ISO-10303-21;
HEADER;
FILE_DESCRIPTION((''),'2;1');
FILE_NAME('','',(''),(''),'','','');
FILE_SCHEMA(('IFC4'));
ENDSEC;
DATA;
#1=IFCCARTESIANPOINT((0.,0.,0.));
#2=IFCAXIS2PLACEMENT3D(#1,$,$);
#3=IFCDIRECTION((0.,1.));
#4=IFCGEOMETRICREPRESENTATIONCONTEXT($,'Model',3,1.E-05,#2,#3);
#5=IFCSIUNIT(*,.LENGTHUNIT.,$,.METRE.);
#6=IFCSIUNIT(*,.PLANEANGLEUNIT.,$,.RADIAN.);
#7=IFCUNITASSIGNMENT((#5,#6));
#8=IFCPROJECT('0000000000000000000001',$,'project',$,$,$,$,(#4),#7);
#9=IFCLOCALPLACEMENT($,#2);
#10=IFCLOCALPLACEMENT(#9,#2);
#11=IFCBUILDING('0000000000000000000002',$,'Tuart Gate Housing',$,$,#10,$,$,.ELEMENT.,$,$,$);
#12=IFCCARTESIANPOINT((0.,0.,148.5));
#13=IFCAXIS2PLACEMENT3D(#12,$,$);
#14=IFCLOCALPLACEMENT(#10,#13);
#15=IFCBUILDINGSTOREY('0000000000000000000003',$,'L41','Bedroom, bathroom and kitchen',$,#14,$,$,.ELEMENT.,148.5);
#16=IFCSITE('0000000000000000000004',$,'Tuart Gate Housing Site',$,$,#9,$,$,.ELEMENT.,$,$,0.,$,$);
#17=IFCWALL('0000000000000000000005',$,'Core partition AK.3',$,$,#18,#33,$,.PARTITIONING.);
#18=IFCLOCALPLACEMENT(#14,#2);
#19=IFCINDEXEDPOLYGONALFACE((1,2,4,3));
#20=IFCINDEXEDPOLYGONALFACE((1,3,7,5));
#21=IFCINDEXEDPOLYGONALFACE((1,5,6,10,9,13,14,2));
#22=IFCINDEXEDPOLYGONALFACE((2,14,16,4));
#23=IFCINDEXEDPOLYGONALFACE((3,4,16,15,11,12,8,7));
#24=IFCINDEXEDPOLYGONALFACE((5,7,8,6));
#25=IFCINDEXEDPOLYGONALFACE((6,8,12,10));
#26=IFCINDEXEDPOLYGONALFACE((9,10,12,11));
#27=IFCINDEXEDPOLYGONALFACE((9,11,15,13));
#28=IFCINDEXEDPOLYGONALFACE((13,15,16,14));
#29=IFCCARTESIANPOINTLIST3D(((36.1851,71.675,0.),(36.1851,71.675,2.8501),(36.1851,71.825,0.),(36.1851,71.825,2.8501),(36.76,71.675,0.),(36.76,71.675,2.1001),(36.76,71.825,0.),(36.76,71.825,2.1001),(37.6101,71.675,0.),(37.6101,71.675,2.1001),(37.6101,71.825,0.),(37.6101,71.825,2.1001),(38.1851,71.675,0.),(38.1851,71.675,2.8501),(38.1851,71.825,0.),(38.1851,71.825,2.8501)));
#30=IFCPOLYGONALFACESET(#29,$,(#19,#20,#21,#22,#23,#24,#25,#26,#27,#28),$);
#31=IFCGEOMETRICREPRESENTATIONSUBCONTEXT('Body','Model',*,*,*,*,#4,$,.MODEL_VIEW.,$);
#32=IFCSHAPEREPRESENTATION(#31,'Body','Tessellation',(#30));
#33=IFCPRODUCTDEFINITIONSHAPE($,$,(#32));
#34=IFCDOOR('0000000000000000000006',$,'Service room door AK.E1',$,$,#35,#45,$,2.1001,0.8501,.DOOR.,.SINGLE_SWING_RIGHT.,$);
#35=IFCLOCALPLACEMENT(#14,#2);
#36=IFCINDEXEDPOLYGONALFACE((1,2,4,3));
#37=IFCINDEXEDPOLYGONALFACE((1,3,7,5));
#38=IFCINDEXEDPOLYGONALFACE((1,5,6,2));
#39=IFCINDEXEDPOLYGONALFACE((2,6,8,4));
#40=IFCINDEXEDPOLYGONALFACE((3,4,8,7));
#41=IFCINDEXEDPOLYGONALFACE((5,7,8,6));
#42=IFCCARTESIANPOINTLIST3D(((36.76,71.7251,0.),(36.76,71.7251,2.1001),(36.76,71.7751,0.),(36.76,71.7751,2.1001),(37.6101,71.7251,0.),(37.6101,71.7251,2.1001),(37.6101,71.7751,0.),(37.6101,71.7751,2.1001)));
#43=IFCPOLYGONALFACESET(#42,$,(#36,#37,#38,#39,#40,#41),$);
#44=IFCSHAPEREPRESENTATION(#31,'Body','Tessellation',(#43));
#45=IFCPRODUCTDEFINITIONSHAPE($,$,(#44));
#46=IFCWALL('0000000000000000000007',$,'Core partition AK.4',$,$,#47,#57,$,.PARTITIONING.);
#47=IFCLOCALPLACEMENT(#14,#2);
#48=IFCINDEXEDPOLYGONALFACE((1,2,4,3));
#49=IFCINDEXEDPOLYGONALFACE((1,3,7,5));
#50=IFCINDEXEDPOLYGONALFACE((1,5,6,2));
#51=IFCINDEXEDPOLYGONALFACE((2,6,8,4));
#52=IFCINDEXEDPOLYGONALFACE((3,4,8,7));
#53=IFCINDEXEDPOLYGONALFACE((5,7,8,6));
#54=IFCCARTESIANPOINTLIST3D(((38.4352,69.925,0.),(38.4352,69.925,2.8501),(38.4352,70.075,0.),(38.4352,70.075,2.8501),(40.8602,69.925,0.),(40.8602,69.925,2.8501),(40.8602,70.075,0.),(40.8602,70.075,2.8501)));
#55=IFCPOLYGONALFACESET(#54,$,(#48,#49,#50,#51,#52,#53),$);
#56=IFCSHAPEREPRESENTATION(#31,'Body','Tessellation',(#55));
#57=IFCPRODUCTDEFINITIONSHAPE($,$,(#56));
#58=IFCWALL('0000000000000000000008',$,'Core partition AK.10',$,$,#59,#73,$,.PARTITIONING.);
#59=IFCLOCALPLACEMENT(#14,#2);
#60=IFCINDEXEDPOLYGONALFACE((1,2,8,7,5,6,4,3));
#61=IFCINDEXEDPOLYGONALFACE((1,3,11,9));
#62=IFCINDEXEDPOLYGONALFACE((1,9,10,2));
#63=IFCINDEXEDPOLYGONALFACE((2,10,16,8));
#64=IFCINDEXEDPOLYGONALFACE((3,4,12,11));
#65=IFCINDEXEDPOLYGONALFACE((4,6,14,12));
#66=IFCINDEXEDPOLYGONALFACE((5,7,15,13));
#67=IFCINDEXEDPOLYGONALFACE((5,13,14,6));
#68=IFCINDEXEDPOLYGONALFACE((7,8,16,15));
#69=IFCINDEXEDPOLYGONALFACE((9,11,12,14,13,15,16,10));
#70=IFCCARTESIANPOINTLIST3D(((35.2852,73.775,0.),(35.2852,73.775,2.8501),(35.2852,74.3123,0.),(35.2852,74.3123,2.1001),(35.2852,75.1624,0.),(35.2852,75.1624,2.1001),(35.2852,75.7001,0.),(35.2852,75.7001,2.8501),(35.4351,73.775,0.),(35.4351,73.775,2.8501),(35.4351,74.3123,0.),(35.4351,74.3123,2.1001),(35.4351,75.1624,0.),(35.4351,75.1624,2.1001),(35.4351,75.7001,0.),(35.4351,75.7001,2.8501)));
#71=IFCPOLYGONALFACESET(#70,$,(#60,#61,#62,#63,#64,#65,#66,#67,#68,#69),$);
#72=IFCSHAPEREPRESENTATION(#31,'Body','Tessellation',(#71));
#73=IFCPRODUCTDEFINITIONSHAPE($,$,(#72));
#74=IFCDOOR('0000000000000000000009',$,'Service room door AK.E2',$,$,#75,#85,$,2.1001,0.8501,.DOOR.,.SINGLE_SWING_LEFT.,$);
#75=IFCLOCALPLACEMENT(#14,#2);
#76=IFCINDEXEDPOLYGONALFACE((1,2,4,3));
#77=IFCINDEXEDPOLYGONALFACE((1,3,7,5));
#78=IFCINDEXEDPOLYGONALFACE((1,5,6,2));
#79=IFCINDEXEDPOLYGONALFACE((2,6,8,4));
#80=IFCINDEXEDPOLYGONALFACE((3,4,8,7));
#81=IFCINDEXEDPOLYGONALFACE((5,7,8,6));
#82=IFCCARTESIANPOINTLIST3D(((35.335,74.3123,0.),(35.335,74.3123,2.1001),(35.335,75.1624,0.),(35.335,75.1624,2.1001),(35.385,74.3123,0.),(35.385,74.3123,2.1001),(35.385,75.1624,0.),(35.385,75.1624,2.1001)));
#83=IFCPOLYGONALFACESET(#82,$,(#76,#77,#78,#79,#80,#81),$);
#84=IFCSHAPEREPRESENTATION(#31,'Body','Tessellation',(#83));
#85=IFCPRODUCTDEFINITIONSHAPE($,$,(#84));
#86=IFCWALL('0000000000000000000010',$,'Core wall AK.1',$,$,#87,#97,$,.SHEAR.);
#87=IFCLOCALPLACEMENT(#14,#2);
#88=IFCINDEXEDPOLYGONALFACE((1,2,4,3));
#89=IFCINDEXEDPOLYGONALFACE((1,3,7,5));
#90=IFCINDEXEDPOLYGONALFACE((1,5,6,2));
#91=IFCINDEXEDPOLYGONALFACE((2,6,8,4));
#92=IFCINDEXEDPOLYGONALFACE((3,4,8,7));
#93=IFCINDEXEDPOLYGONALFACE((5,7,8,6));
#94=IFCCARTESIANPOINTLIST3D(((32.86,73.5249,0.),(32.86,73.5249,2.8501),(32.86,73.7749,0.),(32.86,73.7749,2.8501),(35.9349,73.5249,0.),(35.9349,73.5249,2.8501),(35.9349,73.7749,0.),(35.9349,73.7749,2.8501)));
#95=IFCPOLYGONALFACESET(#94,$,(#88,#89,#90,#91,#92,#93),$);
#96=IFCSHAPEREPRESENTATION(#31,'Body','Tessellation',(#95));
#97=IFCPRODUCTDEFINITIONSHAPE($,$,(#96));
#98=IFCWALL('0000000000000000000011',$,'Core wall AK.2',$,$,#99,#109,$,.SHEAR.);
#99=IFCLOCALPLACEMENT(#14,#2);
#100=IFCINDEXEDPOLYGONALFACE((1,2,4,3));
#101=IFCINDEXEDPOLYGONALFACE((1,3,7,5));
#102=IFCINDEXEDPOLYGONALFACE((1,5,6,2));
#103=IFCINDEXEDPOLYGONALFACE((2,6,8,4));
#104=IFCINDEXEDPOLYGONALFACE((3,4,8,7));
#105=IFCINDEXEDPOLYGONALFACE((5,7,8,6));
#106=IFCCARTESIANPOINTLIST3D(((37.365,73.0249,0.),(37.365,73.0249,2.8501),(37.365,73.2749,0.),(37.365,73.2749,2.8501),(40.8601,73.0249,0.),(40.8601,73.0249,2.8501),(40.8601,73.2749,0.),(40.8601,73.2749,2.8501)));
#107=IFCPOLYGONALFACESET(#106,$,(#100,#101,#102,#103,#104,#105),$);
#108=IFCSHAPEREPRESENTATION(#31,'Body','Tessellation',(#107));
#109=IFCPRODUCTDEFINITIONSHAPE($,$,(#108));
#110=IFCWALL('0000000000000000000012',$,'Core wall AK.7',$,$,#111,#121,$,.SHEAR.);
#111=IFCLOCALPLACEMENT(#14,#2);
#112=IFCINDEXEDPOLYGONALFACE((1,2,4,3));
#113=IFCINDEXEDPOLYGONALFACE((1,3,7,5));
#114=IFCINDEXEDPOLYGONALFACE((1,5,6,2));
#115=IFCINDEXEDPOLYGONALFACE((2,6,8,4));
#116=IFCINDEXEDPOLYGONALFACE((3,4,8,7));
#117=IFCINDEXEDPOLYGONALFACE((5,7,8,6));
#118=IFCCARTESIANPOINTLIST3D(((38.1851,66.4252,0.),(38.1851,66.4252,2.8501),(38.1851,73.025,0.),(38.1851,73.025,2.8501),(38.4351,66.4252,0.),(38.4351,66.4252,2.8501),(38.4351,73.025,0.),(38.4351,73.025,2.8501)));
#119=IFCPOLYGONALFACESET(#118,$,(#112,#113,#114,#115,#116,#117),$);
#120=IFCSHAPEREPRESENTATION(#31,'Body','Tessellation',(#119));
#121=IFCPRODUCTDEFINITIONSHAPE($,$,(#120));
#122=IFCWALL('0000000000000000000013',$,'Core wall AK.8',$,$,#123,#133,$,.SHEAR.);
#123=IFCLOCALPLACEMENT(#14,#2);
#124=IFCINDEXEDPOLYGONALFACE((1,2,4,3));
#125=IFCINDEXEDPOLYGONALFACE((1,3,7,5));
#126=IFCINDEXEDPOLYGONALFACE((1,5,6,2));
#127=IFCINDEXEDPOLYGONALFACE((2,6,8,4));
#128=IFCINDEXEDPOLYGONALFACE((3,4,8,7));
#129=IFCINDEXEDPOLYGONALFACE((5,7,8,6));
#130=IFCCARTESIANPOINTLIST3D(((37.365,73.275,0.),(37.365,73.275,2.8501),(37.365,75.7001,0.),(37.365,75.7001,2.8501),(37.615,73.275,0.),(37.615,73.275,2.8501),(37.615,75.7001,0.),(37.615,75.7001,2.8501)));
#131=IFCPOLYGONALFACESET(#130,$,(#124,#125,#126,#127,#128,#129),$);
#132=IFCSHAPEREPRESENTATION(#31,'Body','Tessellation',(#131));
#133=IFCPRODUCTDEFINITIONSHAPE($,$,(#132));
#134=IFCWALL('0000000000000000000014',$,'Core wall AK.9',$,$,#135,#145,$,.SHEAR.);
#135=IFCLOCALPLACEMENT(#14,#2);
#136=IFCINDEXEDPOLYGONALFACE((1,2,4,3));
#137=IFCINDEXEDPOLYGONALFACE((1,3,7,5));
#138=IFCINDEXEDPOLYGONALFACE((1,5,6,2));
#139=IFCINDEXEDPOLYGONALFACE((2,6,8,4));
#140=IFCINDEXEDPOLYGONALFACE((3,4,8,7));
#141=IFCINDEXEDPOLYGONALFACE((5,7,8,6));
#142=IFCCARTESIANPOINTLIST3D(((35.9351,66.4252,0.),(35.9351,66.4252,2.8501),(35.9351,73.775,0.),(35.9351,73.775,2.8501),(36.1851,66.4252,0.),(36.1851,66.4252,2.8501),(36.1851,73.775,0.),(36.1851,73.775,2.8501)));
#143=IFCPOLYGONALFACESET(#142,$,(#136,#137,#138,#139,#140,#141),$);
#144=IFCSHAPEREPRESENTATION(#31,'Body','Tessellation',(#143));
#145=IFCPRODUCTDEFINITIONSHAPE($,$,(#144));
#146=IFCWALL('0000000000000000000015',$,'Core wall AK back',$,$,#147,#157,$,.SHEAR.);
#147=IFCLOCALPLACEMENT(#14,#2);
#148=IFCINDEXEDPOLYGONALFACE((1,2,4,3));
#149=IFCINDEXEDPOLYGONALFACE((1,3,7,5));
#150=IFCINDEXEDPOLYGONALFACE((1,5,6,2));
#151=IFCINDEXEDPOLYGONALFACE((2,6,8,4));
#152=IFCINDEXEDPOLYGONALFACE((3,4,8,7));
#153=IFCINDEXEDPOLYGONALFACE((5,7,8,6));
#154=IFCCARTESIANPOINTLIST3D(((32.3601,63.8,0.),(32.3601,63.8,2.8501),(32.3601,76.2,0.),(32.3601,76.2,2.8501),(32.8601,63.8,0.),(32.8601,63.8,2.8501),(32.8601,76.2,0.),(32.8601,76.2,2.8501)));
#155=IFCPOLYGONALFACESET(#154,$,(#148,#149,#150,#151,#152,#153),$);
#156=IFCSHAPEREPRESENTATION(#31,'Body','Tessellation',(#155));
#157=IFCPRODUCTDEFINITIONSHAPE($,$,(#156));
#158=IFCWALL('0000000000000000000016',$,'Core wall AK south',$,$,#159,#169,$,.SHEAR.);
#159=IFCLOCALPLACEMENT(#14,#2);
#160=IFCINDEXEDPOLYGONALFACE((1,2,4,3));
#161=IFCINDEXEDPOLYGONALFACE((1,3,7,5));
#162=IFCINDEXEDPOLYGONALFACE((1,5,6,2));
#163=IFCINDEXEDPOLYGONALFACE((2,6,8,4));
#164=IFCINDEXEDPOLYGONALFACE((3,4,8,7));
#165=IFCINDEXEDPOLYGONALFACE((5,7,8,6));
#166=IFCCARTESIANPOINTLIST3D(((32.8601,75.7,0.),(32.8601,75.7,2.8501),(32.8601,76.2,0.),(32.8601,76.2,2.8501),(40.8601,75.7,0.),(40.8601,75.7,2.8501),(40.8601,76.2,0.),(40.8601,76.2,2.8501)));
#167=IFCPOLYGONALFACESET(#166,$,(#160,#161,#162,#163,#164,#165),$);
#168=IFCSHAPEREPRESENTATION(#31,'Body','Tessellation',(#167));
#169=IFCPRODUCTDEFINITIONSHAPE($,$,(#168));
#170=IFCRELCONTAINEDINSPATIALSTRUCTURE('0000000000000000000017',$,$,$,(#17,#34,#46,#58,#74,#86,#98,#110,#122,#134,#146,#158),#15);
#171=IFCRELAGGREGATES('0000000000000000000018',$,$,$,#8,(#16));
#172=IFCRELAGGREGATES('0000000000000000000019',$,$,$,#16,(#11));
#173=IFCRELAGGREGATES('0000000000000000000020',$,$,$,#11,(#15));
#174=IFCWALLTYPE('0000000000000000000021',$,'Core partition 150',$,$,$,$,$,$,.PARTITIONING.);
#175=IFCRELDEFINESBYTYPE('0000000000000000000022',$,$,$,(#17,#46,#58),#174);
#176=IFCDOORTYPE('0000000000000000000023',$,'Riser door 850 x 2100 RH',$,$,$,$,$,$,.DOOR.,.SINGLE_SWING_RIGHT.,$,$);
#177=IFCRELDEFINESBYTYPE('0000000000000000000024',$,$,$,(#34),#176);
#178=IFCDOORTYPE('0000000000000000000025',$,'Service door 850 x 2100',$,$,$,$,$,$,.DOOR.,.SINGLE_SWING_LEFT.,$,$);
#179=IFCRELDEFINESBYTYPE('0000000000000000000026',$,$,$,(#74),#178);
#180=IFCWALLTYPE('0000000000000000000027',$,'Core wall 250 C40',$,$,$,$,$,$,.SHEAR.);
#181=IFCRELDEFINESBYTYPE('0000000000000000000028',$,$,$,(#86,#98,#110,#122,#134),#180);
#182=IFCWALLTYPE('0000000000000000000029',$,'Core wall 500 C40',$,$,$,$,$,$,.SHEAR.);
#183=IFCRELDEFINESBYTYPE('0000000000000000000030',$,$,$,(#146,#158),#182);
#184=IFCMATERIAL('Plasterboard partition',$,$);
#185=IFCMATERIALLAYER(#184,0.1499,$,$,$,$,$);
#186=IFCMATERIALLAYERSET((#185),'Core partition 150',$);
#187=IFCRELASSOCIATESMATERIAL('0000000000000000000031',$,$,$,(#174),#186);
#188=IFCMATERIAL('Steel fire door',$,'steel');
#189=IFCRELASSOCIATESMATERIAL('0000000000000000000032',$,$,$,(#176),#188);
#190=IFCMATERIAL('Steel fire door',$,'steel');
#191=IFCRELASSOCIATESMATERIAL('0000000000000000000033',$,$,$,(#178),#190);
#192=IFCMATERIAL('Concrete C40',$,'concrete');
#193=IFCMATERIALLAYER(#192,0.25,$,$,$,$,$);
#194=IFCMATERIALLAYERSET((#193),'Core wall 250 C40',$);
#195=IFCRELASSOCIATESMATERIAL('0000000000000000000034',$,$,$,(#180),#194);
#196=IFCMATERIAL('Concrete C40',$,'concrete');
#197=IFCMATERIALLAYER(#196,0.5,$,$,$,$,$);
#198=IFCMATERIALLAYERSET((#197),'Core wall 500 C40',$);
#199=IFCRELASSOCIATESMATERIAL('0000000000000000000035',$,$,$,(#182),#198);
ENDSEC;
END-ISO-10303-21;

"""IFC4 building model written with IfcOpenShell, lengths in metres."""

from ifc_helpers import new_model, si_unit, direction, frame, frame_2d, origin, place, context, subcontext, project, spatial, rectangle, extrude, material, layer, layer_set, type_object, element, fill, save


model = new_model("IFC4")

# Units and contexts
model_context = context("Model", 3, precision=1e-05, world=origin(), true_north=direction((0.0, 1.0)))
body_context = subcontext(model_context, "Body", "Model", "MODEL_VIEW")
ifc_project = project(units=[si_unit("LENGTHUNIT", "METRE"), si_unit("PLANEANGLEUNIT", "RADIAN")], contexts=[model_context])

# Site, building, storey
site_placement = place(None, origin())
site = spatial("IfcSite", under=ifc_project, at=site_placement, Name="Tuart Gate Housing Site", CompositionType="ELEMENT", RefElevation=0.0)
building_placement = place(site_placement, origin())
building = spatial("IfcBuilding", under=site, at=building_placement, Name="Tuart Gate Housing", CompositionType="ELEMENT")
storey_placement = place(building_placement, frame((0.0, 0.0, 148.5)))
storey = spatial("IfcBuildingStorey", under=building, at=storey_placement, Name="L41", Description="Bedroom, bathroom and kitchen", CompositionType="ELEMENT", Elevation=148.5)

# Wall, opening, door
ifc_material_1 = material(Name="Plasterboard partition")
ifc_layer_1 = layer(ifc_material_1, 0.1499)
ifc_layer_set_1 = layer_set([ifc_layer_1], Name="Core partition 150")
wall_type_1 = type_object("IfcWallType", Name="Core partition 150", PredefinedType="PARTITIONING", material=ifc_layer_set_1)
wall_1_placement = place(storey_placement, frame((38.1851, 71.75, 0.0), z_axis=(0.0, 0.0, 1.0), x_axis=(-1.0, 0.0, 0.0)))
wall_1 = element("IfcWall", 1, at=wall_1_placement, inside=storey, type_object=wall_type_1, Name="Core partition AK.3", PredefinedType="PARTITIONING", context=body_context, shape_type="SweptSolid", body=[
    extrude(rectangle(XDim=2.0, YDim=0.1499, at=frame_2d((1.0, 0.0))), origin(), (0.0, 0.0, 1.0), 2.8501),
])
opening_1_placement = place(wall_1_placement, frame((0.575, 0.0, 0.0)))
opening_1 = element("IfcOpeningElement", 2, at=opening_1_placement, cuts=wall_1, PredefinedType="OPENING", context=body_context, shape_type="SweptSolid", body=[
    extrude(rectangle(XDim=0.8501, YDim=2.1001, at=frame_2d((0.425, 1.05))), frame((0.0, 0.085, 0.0), z_axis=(0.0, -1.0, 0.0), x_axis=(1.0, 0.0, 0.0)), (0.0, 0.0, 1.0), 0.1699),
])
ifc_material_2 = material(Name="Steel fire door", Category="steel")
door_type_1 = type_object("IfcDoorType", Name="Riser door 850 x 2100 RH", OperationType="SINGLE_SWING_RIGHT", PredefinedType="DOOR", material=ifc_material_2)
door_1_placement = place(opening_1_placement, frame((0.8501, 0.0, 0.0), z_axis=(0.0, 0.0, 1.0), x_axis=(-1.0, 0.0, 0.0)))
door_1 = element("IfcDoor", 3, at=door_1_placement, inside=storey, type_object=door_type_1, Name="Service room door AK.E1", OperationType="SINGLE_SWING_RIGHT", OverallHeight=2.1001, OverallWidth=0.8501, PredefinedType="DOOR", context=body_context, shape_type="SweptSolid", body=[
    extrude(rectangle(XDim=0.8501, YDim=2.1001, at=frame_2d((0.425, 1.05))), frame((0.0, 0.0251, 0.0), z_axis=(0.0, -1.0, 0.0), x_axis=(1.0, 0.0, 0.0)), (0.0, 0.0, 1.0), 0.05),
])
fill(opening_1, door_1)

# Wall
wall_2_placement = place(storey_placement, frame((40.8601, 70.0, 0.0), z_axis=(0.0, 0.0, 1.0), x_axis=(-1.0, 0.0, 0.0)))
element("IfcWall", 4, at=wall_2_placement, inside=storey, type_object=wall_type_1, Name="Core partition AK.4", PredefinedType="PARTITIONING", context=body_context, shape_type="SweptSolid", body=[
    extrude(rectangle(XDim=2.425, YDim=0.1499, at=frame_2d((1.2124, 0.0))), origin(), (0.0, 0.0, 1.0), 2.8501),
])

# Wall, opening, door
wall_3_placement = place(storey_placement, frame((35.3601, 75.7, 0.0), z_axis=(0.0, 0.0, 1.0), x_axis=(0.0, -1.0, 0.0)))
wall_3 = element("IfcWall", 5, at=wall_3_placement, inside=storey, type_object=wall_type_1, Name="Core partition AK.10", PredefinedType="PARTITIONING", context=body_context, shape_type="SweptSolid", body=[
    extrude(rectangle(XDim=1.925, YDim=0.1499, at=frame_2d((0.9624, 0.0))), origin(), (0.0, 0.0, 1.0), 2.8501),
])
opening_2_placement = place(wall_3_placement, frame((0.5376, 0.0, 0.0)))
opening_2 = element("IfcOpeningElement", 6, at=opening_2_placement, cuts=wall_3, PredefinedType="OPENING", context=body_context, shape_type="SweptSolid", body=[
    extrude(rectangle(XDim=0.8501, YDim=2.1001, at=frame_2d((0.425, 1.05))), frame((0.0, 0.085, 0.0), z_axis=(0.0, -1.0, 0.0), x_axis=(1.0, 0.0, 0.0)), (0.0, 0.0, 1.0), 0.1699),
])
ifc_material_3 = material(Name="Steel fire door", Category="steel")
door_type_2 = type_object("IfcDoorType", Name="Service door 850 x 2100", OperationType="SINGLE_SWING_LEFT", PredefinedType="DOOR", material=ifc_material_3)
door_2_placement = place(opening_2_placement, origin())
door_2 = element("IfcDoor", 7, at=door_2_placement, inside=storey, type_object=door_type_2, Name="Service room door AK.E2", OperationType="SINGLE_SWING_LEFT", OverallHeight=2.1001, OverallWidth=0.8501, PredefinedType="DOOR", context=body_context, shape_type="SweptSolid", body=[
    extrude(rectangle(XDim=0.8501, YDim=2.1001, at=frame_2d((0.425, 1.05))), frame((0.0, 0.0249, 0.0), z_axis=(0.0, -1.0, 0.0), x_axis=(1.0, 0.0, 0.0)), (0.0, 0.0, 1.0), 0.05),
])
fill(opening_2, door_2)

# Walls
ifc_material_4 = material(Name="Concrete C40", Category="concrete")
ifc_layer_2 = layer(ifc_material_4, 0.25)
ifc_layer_set_2 = layer_set([ifc_layer_2], Name="Core wall 250 C40")
wall_type_2 = type_object("IfcWallType", Name="Core wall 250 C40", PredefinedType="SHEAR", material=ifc_layer_set_2)
wall_4_placement = place(storey_placement, frame((35.9351, 73.6499, 0.0), z_axis=(0.0, 0.0, 1.0), x_axis=(-1.0, 0.0, 0.0)))
element("IfcWall", 8, at=wall_4_placement, inside=storey, type_object=wall_type_2, Name="Core wall AK.1", PredefinedType="SHEAR", context=body_context, shape_type="SweptSolid", body=[
    extrude(rectangle(XDim=3.075, YDim=0.25, at=frame_2d((1.5376, 0.0))), origin(), (0.0, 0.0, 1.0), 2.8501),
])
wall_5_placement = place(storey_placement, frame((40.8601, 73.1499, 0.0), z_axis=(0.0, 0.0, 1.0), x_axis=(-1.0, 0.0, 0.0)))
element("IfcWall", 9, at=wall_5_placement, inside=storey, type_object=wall_type_2, Name="Core wall AK.2", PredefinedType="SHEAR", context=body_context, shape_type="SweptSolid", body=[
    extrude(rectangle(XDim=3.4951, YDim=0.25, at=frame_2d((1.7476, 0.0))), origin(), (0.0, 0.0, 1.0), 2.8501),
])
wall_6_placement = place(storey_placement, frame((38.3101, 73.0249, 0.0), z_axis=(0.0, 0.0, 1.0), x_axis=(0.0, -1.0, 0.0)))
element("IfcWall", 10, at=wall_6_placement, inside=storey, type_object=wall_type_2, Name="Core wall AK.7", PredefinedType="SHEAR", context=body_context, shape_type="SweptSolid", body=[
    extrude(rectangle(XDim=6.5999, YDim=0.25, at=frame_2d((3.2998, 0.0))), origin(), (0.0, 0.0, 1.0), 2.8501),
])
wall_7_placement = place(storey_placement, frame((37.49, 75.7, 0.0), z_axis=(0.0, 0.0, 1.0), x_axis=(0.0, -1.0, 0.0)))
element("IfcWall", 11, at=wall_7_placement, inside=storey, type_object=wall_type_2, Name="Core wall AK.8", PredefinedType="SHEAR", context=body_context, shape_type="SweptSolid", body=[
    extrude(rectangle(XDim=2.425, YDim=0.25, at=frame_2d((1.2124, 0.0))), origin(), (0.0, 0.0, 1.0), 2.8501),
])
wall_8_placement = place(storey_placement, frame((36.0601, 73.7749, 0.0), z_axis=(0.0, 0.0, 1.0), x_axis=(0.0, -1.0, 0.0)))
element("IfcWall", 12, at=wall_8_placement, inside=storey, type_object=wall_type_2, Name="Core wall AK.9", PredefinedType="SHEAR", context=body_context, shape_type="SweptSolid", body=[
    extrude(rectangle(XDim=7.3499, YDim=0.25, at=frame_2d((3.6748, 0.0))), origin(), (0.0, 0.0, 1.0), 2.8501),
])
ifc_material_5 = material(Name="Concrete C40", Category="concrete")
ifc_layer_3 = layer(ifc_material_5, 0.5)
ifc_layer_set_3 = layer_set([ifc_layer_3], Name="Core wall 500 C40")
wall_type_3 = type_object("IfcWallType", Name="Core wall 500 C40", PredefinedType="SHEAR", material=ifc_layer_set_3)
wall_9_placement = place(storey_placement, frame((32.6101, 76.2, 0.0), z_axis=(0.0, 0.0, 1.0), x_axis=(0.0, -1.0, 0.0)))
element("IfcWall", 13, at=wall_9_placement, inside=storey, type_object=wall_type_3, Name="Core wall AK back", PredefinedType="SHEAR", context=body_context, shape_type="SweptSolid", body=[
    extrude(rectangle(XDim=12.3999, YDim=0.5, at=frame_2d((6.2, 0.0))), origin(), (0.0, 0.0, 1.0), 2.8501),
])
wall_10_placement = place(storey_placement, frame((40.8601, 75.95, 0.0), z_axis=(0.0, 0.0, 1.0), x_axis=(-1.0, 0.0, 0.0)))
element("IfcWall", 14, at=wall_10_placement, inside=storey, type_object=wall_type_3, Name="Core wall AK south", PredefinedType="SHEAR", context=body_context, shape_type="SweptSolid", body=[
    extrude(rectangle(XDim=8.0, YDim=0.5, at=frame_2d((4.0, 0.0))), origin(), (0.0, 0.0, 1.0), 2.8501),
])

save(model, "model.ifc")
